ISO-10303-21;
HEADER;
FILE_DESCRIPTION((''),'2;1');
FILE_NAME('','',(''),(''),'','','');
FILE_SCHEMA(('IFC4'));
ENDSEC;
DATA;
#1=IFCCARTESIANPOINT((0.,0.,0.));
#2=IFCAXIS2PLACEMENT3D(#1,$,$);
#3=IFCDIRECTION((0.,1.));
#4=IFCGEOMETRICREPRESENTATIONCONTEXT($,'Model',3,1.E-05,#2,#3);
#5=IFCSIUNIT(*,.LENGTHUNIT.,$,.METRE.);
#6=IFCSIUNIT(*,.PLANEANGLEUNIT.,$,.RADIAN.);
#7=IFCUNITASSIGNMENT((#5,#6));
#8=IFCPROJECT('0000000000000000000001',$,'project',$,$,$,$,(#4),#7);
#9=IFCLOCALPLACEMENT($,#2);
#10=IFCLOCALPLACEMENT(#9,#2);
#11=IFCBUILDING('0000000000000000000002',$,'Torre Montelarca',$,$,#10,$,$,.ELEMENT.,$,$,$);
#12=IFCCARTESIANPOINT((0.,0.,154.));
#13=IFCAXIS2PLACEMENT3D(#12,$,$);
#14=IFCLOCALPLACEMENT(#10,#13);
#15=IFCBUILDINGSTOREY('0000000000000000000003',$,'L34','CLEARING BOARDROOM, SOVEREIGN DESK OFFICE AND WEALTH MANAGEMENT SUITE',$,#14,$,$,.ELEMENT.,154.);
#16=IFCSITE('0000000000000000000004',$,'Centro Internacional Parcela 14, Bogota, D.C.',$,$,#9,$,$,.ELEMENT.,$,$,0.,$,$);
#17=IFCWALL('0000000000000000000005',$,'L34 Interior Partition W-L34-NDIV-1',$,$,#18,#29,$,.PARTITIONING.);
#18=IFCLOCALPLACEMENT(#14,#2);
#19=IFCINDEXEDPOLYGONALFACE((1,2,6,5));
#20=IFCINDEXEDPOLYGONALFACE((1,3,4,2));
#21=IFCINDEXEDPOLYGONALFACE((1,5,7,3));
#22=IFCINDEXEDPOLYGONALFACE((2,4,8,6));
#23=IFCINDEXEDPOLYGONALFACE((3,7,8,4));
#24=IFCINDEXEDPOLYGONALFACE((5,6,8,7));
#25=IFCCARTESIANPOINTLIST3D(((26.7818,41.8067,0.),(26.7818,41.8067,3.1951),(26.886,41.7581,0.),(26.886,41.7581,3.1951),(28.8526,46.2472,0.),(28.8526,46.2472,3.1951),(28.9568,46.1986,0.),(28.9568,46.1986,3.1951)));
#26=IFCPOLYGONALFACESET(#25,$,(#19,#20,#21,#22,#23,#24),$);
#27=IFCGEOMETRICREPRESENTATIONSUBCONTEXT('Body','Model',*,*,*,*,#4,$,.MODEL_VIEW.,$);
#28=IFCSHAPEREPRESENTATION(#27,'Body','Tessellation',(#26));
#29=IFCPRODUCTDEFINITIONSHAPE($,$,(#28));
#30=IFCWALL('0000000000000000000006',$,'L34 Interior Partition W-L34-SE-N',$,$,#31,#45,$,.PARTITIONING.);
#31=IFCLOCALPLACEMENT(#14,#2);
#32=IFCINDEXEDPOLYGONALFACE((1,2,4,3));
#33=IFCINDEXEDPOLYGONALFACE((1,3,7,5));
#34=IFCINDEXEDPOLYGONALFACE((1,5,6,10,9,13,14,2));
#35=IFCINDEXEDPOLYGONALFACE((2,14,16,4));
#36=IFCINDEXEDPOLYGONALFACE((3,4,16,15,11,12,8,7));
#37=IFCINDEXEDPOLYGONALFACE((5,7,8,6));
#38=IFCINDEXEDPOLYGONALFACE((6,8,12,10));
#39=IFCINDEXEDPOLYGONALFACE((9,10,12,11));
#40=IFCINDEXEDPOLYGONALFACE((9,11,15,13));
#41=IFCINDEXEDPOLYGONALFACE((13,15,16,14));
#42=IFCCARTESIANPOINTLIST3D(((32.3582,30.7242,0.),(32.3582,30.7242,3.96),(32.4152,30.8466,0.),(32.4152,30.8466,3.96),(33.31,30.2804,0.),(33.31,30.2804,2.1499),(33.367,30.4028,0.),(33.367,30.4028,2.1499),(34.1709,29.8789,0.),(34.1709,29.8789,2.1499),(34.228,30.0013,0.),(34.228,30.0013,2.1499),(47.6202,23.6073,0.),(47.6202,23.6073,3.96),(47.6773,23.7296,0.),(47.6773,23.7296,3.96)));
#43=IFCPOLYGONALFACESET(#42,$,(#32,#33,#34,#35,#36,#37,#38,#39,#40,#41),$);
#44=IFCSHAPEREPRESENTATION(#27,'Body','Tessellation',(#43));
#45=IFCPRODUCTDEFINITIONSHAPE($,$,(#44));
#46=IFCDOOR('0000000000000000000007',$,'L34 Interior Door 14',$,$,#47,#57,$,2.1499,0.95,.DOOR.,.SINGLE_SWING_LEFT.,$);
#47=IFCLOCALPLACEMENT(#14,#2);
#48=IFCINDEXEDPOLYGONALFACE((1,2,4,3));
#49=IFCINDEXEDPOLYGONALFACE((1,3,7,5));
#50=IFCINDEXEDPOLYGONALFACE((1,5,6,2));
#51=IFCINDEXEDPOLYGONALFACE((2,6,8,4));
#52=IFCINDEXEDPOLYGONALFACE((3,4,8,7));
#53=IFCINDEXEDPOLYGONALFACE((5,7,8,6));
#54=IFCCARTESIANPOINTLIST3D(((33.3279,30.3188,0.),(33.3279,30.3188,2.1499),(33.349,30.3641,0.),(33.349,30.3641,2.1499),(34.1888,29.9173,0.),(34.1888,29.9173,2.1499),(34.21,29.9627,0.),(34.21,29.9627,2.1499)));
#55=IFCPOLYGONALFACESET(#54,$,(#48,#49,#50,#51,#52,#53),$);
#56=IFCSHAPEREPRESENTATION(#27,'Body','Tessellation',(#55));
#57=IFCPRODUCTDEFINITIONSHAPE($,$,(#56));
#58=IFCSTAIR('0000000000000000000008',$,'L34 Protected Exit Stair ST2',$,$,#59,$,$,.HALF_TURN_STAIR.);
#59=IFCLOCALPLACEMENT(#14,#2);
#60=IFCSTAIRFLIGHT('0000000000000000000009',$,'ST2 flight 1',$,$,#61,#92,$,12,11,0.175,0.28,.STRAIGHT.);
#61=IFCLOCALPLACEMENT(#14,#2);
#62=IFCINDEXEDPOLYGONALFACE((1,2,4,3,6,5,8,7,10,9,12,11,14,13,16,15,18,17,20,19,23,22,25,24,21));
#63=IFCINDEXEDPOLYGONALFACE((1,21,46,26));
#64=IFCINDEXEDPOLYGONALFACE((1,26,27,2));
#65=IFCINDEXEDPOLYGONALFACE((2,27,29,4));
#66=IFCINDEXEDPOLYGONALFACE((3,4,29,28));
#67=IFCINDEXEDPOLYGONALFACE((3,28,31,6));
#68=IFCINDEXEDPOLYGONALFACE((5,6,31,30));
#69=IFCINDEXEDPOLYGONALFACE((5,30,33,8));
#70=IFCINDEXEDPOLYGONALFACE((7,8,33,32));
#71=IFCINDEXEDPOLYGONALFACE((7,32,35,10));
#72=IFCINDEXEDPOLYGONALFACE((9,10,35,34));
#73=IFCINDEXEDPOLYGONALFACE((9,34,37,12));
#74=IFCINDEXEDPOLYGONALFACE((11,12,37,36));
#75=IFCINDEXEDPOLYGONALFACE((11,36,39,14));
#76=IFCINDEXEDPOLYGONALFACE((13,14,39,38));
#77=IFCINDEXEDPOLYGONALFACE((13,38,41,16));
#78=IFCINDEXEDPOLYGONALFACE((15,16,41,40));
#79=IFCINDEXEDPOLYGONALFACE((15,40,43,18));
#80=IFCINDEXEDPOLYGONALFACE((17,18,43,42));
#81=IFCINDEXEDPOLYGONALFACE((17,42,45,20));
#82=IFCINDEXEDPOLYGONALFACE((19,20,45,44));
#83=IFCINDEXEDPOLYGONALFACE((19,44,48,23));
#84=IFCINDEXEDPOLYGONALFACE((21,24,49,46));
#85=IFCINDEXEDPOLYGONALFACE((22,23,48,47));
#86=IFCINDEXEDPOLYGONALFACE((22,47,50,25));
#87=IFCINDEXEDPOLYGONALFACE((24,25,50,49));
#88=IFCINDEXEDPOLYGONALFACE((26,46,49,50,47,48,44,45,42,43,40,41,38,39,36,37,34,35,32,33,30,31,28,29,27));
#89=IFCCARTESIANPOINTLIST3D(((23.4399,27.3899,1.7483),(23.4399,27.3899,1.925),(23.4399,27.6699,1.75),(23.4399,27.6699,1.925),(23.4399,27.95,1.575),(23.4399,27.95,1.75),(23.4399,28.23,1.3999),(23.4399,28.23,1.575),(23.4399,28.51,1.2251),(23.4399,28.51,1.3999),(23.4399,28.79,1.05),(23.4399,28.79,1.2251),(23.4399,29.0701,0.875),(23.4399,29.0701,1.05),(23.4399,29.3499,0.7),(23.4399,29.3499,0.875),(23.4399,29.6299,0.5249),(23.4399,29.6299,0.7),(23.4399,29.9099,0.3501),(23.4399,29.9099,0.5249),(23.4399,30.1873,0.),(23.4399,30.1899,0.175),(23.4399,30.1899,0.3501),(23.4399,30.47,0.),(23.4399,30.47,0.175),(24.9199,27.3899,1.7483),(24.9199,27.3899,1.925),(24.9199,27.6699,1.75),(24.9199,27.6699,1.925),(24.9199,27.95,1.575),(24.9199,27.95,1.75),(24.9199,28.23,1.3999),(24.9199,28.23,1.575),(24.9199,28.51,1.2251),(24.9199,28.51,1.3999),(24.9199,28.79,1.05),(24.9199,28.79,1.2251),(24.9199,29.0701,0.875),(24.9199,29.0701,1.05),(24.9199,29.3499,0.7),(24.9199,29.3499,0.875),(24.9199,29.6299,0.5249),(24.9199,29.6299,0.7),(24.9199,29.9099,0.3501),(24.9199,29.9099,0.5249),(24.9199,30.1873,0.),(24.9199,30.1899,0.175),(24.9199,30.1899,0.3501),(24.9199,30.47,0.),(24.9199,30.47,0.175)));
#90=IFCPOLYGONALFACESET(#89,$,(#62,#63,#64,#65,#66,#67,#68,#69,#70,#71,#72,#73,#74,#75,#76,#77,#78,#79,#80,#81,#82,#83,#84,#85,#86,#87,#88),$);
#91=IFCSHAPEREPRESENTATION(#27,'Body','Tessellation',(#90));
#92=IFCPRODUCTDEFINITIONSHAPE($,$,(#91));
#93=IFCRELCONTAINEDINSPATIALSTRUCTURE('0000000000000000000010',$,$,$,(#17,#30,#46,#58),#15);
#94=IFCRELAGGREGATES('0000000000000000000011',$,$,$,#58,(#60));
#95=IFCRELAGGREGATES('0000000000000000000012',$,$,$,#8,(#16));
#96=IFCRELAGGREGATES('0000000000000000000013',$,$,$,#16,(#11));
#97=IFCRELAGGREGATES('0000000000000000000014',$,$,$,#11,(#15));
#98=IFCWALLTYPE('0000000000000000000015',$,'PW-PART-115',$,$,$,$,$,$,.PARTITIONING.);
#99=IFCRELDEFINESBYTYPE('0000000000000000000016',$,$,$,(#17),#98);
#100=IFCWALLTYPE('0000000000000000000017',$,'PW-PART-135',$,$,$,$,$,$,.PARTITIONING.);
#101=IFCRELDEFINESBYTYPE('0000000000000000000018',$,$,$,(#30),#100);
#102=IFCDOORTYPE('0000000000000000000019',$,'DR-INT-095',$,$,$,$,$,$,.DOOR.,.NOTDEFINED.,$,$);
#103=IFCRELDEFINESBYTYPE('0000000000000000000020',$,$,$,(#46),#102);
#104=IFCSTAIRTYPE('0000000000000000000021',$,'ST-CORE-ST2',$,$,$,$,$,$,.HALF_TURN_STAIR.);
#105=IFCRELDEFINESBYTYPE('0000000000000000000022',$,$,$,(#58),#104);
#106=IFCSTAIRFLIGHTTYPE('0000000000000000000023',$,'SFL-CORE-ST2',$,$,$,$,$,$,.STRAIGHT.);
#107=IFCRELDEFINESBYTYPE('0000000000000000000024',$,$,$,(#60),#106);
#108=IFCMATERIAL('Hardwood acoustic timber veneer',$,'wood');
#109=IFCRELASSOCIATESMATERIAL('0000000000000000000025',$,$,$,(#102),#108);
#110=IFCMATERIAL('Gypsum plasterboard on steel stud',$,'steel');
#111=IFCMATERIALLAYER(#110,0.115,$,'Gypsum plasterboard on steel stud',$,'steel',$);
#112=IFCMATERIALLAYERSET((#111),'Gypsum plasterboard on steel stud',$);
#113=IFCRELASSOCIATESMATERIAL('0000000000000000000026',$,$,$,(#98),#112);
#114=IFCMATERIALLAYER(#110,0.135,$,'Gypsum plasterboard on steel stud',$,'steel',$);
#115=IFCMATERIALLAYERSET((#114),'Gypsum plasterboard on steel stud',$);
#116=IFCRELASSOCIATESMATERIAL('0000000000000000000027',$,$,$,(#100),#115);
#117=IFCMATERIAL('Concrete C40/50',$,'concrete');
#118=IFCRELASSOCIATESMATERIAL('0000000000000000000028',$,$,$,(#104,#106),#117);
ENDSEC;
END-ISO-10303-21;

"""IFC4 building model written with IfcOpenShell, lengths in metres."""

from ifc_helpers import new_model, si_unit, direction, frame, frame_2d, origin, place, context, subcontext, project, spatial, polyline, rectangle, outline, extrude, source, transform, mapped, material, layer, layer_set, type_object, element, fill, aggregate, save


model = new_model("IFC4")

# Units and contexts
model_context = context("Model", 3, precision=1e-05, world=origin(), true_north=direction((0.0, 1.0)))
body_context = subcontext(model_context, "Body", "Model", "MODEL_VIEW")
ifc_project = project(units=[si_unit("LENGTHUNIT", "METRE"), si_unit("PLANEANGLEUNIT", "RADIAN")], contexts=[model_context])

# Site, building, storey
site_placement = place(None, origin())
site = spatial("IfcSite", under=ifc_project, at=site_placement, Name="Centro Internacional Parcela 14, Bogota, D.C.", CompositionType="ELEMENT", RefElevation=0.0)
building_placement = place(site_placement, origin())
building = spatial("IfcBuilding", under=site, at=building_placement, Name="Torre Montelarca", CompositionType="ELEMENT")
storey_placement = place(building_placement, frame((0.0, 0.0, 154.0)))
storey = spatial("IfcBuildingStorey", under=building, at=storey_placement, Name="L34", Description="CLEARING BOARDROOM, SOVEREIGN DESK OFFICE AND WEALTH MANAGEMENT SUITE", CompositionType="ELEMENT", Elevation=154.0)

# Shared definitions
ifc_material_1 = material(Name="Concrete C40/50", Category="concrete")
ifc_material_2 = material(Name="Gypsum plasterboard on steel stud", Category="steel")

# Shared definitions
ifc_material_3 = material(Name="Hardwood acoustic timber veneer", Category="wood")
door_type = type_object("IfcDoorType", Name="DR-INT-095", OperationType="NOTDEFINED", PredefinedType="DOOR", material=ifc_material_3)
shared_shape_1 = source(origin(), body_context, "Body", "SweptSolid", [
    extrude(rectangle(XDim=0.95, YDim=2.1499, at=frame_2d((0.4751, 1.075))), frame((0.0, 0.0249, 0.0), z_axis=(0.0, -1.0, 0.0), x_axis=(1.0, 0.0, 0.0)), (0.0, 0.0, 1.0), 0.05),
])

# Wall
ifc_layer_1 = layer(ifc_material_2, 0.115, Name="Gypsum plasterboard on steel stud", Category="steel")
ifc_layer_set_1 = layer_set([ifc_layer_1], Name="Gypsum plasterboard on steel stud")
wall_type_1 = type_object("IfcWallType", Name="PW-PART-115", PredefinedType="PARTITIONING", material=ifc_layer_set_1)
wall_1_placement = place(storey_placement, frame((26.834, 41.7825, 0.0), z_axis=(0.0, 0.0, 1.0), x_axis=(0.422632, 0.906301, 0.0)))
element("IfcWall", 1, at=wall_1_placement, inside=storey, type_object=wall_type_1, Name="L34 Interior Partition W-L34-NDIV-1", PredefinedType="PARTITIONING", context=body_context, shape_type="SweptSolid", body=[
    extrude(rectangle(XDim=4.8997, YDim=0.115, at=frame_2d((2.4497, 0.0))), origin(), (0.0, 0.0, 1.0), 3.1951),
])

# Wall, opening, door
ifc_layer_2 = layer(ifc_material_2, 0.135, Name="Gypsum plasterboard on steel stud", Category="steel")
ifc_layer_set_2 = layer_set([ifc_layer_2], Name="Gypsum plasterboard on steel stud")
wall_type_2 = type_object("IfcWallType", Name="PW-PART-135", PredefinedType="PARTITIONING", material=ifc_layer_set_2)
wall_2_placement = place(storey_placement, frame((32.3867, 30.7854, 0.0), z_axis=(0.0, 0.0, 1.0), x_axis=(0.906304, -0.422627, 0.0)))
wall_2 = element("IfcWall", 2, at=wall_2_placement, inside=storey, type_object=wall_type_2, Name="L34 Interior Partition W-L34-SE-N", PredefinedType="PARTITIONING", context=body_context, shape_type="SweptSolid", body=[
    extrude(rectangle(XDim=16.8398, YDim=0.135, at=frame_2d((8.4199, 0.0))), origin(), (0.0, 0.0, 1.0), 3.96),
])
opening_1_placement = place(wall_2_placement, frame((1.05, 0.0, 0.0)))
opening_1 = element("IfcOpeningElement", 3, at=opening_1_placement, cuts=wall_2, PredefinedType="OPENING", context=body_context, shape_type="SweptSolid", body=[
    extrude(rectangle(XDim=0.95, YDim=2.1499, at=frame_2d((0.4751, 1.075))), frame((0.0, 0.0776, 0.0), z_axis=(0.0, -1.0, 0.0), x_axis=(1.0, 0.0, 0.0)), (0.0, 0.0, 1.0), 0.155),
])
door_1_placement = place(opening_1_placement, origin())
door_1 = element("IfcDoor", 4, at=door_1_placement, inside=storey, type_object=door_type, Name="L34 Interior Door 14", OperationType="SINGLE_SWING_LEFT", OverallHeight=2.1499, OverallWidth=0.95, PredefinedType="DOOR", context=body_context, shape_type="MappedRepresentation", body=[
    mapped(shared_shape_1, transform((0.0, 0.0, 0.0), scale=1.0)),
])
fill(opening_1, door_1)

# Stair, stair flight
stair_type = type_object("IfcStairType", Name="ST-CORE-ST2", PredefinedType="HALF_TURN_STAIR", material=ifc_material_1)
stair_placement = place(storey_placement, origin())
stair = element("IfcStair", 5, at=stair_placement, inside=storey, type_object=stair_type, Name="L34 Protected Exit Stair ST2", PredefinedType="HALF_TURN_STAIR")
stair_flight_type = type_object("IfcStairFlightType", Name="SFL-CORE-ST2", PredefinedType="STRAIGHT", material=ifc_material_1)
stair_flight_placement = place(storey_placement, frame((24.1799, 30.47, 0.0), z_axis=(0.0, 0.0, 1.0), x_axis=(0.0, -1.0, 0.0)))
stair_flight = element("IfcStairFlight", 6, at=stair_flight_placement, type_object=stair_flight_type, Name="ST2 flight 1", NumberOfRisers=12, NumberOfTreads=11, PredefinedType="STRAIGHT", RiserHeight=0.175, TreadLength=0.28, context=body_context, shape_type="SweptSolid", body=[
    extrude(outline(polyline([(0.0, 0.0), (0.0, 0.175), (0.28, 0.175), (0.28, 0.3501), (0.5601, 0.3501), (0.5601, 0.5249), (0.8401, 0.5249), (0.8401, 0.7), (1.1201, 0.7), (1.1201, 0.875), (1.3999, 0.875), (1.3999, 1.05), (1.6799, 1.05), (1.6799, 1.2251), (1.96, 1.2251), (1.96, 1.3999), (2.24, 1.3999), (2.24, 1.575), (2.52, 1.575), (2.52, 1.75), (2.8, 1.75), (2.8, 1.925), (3.0801, 1.925), (3.0801, 2.1001), (3.0801, 1.7483), (0.2827, 0.0), (0.0, 0.0)])), frame((0.0, 0.74, 0.0), z_axis=(0.0, -1.0, 0.0), x_axis=(1.0, 0.0, 0.0)), (0.0, 0.0, 1.0), 1.48),
])
aggregate(stair, [stair_flight])

save(model, "model.ifc")
